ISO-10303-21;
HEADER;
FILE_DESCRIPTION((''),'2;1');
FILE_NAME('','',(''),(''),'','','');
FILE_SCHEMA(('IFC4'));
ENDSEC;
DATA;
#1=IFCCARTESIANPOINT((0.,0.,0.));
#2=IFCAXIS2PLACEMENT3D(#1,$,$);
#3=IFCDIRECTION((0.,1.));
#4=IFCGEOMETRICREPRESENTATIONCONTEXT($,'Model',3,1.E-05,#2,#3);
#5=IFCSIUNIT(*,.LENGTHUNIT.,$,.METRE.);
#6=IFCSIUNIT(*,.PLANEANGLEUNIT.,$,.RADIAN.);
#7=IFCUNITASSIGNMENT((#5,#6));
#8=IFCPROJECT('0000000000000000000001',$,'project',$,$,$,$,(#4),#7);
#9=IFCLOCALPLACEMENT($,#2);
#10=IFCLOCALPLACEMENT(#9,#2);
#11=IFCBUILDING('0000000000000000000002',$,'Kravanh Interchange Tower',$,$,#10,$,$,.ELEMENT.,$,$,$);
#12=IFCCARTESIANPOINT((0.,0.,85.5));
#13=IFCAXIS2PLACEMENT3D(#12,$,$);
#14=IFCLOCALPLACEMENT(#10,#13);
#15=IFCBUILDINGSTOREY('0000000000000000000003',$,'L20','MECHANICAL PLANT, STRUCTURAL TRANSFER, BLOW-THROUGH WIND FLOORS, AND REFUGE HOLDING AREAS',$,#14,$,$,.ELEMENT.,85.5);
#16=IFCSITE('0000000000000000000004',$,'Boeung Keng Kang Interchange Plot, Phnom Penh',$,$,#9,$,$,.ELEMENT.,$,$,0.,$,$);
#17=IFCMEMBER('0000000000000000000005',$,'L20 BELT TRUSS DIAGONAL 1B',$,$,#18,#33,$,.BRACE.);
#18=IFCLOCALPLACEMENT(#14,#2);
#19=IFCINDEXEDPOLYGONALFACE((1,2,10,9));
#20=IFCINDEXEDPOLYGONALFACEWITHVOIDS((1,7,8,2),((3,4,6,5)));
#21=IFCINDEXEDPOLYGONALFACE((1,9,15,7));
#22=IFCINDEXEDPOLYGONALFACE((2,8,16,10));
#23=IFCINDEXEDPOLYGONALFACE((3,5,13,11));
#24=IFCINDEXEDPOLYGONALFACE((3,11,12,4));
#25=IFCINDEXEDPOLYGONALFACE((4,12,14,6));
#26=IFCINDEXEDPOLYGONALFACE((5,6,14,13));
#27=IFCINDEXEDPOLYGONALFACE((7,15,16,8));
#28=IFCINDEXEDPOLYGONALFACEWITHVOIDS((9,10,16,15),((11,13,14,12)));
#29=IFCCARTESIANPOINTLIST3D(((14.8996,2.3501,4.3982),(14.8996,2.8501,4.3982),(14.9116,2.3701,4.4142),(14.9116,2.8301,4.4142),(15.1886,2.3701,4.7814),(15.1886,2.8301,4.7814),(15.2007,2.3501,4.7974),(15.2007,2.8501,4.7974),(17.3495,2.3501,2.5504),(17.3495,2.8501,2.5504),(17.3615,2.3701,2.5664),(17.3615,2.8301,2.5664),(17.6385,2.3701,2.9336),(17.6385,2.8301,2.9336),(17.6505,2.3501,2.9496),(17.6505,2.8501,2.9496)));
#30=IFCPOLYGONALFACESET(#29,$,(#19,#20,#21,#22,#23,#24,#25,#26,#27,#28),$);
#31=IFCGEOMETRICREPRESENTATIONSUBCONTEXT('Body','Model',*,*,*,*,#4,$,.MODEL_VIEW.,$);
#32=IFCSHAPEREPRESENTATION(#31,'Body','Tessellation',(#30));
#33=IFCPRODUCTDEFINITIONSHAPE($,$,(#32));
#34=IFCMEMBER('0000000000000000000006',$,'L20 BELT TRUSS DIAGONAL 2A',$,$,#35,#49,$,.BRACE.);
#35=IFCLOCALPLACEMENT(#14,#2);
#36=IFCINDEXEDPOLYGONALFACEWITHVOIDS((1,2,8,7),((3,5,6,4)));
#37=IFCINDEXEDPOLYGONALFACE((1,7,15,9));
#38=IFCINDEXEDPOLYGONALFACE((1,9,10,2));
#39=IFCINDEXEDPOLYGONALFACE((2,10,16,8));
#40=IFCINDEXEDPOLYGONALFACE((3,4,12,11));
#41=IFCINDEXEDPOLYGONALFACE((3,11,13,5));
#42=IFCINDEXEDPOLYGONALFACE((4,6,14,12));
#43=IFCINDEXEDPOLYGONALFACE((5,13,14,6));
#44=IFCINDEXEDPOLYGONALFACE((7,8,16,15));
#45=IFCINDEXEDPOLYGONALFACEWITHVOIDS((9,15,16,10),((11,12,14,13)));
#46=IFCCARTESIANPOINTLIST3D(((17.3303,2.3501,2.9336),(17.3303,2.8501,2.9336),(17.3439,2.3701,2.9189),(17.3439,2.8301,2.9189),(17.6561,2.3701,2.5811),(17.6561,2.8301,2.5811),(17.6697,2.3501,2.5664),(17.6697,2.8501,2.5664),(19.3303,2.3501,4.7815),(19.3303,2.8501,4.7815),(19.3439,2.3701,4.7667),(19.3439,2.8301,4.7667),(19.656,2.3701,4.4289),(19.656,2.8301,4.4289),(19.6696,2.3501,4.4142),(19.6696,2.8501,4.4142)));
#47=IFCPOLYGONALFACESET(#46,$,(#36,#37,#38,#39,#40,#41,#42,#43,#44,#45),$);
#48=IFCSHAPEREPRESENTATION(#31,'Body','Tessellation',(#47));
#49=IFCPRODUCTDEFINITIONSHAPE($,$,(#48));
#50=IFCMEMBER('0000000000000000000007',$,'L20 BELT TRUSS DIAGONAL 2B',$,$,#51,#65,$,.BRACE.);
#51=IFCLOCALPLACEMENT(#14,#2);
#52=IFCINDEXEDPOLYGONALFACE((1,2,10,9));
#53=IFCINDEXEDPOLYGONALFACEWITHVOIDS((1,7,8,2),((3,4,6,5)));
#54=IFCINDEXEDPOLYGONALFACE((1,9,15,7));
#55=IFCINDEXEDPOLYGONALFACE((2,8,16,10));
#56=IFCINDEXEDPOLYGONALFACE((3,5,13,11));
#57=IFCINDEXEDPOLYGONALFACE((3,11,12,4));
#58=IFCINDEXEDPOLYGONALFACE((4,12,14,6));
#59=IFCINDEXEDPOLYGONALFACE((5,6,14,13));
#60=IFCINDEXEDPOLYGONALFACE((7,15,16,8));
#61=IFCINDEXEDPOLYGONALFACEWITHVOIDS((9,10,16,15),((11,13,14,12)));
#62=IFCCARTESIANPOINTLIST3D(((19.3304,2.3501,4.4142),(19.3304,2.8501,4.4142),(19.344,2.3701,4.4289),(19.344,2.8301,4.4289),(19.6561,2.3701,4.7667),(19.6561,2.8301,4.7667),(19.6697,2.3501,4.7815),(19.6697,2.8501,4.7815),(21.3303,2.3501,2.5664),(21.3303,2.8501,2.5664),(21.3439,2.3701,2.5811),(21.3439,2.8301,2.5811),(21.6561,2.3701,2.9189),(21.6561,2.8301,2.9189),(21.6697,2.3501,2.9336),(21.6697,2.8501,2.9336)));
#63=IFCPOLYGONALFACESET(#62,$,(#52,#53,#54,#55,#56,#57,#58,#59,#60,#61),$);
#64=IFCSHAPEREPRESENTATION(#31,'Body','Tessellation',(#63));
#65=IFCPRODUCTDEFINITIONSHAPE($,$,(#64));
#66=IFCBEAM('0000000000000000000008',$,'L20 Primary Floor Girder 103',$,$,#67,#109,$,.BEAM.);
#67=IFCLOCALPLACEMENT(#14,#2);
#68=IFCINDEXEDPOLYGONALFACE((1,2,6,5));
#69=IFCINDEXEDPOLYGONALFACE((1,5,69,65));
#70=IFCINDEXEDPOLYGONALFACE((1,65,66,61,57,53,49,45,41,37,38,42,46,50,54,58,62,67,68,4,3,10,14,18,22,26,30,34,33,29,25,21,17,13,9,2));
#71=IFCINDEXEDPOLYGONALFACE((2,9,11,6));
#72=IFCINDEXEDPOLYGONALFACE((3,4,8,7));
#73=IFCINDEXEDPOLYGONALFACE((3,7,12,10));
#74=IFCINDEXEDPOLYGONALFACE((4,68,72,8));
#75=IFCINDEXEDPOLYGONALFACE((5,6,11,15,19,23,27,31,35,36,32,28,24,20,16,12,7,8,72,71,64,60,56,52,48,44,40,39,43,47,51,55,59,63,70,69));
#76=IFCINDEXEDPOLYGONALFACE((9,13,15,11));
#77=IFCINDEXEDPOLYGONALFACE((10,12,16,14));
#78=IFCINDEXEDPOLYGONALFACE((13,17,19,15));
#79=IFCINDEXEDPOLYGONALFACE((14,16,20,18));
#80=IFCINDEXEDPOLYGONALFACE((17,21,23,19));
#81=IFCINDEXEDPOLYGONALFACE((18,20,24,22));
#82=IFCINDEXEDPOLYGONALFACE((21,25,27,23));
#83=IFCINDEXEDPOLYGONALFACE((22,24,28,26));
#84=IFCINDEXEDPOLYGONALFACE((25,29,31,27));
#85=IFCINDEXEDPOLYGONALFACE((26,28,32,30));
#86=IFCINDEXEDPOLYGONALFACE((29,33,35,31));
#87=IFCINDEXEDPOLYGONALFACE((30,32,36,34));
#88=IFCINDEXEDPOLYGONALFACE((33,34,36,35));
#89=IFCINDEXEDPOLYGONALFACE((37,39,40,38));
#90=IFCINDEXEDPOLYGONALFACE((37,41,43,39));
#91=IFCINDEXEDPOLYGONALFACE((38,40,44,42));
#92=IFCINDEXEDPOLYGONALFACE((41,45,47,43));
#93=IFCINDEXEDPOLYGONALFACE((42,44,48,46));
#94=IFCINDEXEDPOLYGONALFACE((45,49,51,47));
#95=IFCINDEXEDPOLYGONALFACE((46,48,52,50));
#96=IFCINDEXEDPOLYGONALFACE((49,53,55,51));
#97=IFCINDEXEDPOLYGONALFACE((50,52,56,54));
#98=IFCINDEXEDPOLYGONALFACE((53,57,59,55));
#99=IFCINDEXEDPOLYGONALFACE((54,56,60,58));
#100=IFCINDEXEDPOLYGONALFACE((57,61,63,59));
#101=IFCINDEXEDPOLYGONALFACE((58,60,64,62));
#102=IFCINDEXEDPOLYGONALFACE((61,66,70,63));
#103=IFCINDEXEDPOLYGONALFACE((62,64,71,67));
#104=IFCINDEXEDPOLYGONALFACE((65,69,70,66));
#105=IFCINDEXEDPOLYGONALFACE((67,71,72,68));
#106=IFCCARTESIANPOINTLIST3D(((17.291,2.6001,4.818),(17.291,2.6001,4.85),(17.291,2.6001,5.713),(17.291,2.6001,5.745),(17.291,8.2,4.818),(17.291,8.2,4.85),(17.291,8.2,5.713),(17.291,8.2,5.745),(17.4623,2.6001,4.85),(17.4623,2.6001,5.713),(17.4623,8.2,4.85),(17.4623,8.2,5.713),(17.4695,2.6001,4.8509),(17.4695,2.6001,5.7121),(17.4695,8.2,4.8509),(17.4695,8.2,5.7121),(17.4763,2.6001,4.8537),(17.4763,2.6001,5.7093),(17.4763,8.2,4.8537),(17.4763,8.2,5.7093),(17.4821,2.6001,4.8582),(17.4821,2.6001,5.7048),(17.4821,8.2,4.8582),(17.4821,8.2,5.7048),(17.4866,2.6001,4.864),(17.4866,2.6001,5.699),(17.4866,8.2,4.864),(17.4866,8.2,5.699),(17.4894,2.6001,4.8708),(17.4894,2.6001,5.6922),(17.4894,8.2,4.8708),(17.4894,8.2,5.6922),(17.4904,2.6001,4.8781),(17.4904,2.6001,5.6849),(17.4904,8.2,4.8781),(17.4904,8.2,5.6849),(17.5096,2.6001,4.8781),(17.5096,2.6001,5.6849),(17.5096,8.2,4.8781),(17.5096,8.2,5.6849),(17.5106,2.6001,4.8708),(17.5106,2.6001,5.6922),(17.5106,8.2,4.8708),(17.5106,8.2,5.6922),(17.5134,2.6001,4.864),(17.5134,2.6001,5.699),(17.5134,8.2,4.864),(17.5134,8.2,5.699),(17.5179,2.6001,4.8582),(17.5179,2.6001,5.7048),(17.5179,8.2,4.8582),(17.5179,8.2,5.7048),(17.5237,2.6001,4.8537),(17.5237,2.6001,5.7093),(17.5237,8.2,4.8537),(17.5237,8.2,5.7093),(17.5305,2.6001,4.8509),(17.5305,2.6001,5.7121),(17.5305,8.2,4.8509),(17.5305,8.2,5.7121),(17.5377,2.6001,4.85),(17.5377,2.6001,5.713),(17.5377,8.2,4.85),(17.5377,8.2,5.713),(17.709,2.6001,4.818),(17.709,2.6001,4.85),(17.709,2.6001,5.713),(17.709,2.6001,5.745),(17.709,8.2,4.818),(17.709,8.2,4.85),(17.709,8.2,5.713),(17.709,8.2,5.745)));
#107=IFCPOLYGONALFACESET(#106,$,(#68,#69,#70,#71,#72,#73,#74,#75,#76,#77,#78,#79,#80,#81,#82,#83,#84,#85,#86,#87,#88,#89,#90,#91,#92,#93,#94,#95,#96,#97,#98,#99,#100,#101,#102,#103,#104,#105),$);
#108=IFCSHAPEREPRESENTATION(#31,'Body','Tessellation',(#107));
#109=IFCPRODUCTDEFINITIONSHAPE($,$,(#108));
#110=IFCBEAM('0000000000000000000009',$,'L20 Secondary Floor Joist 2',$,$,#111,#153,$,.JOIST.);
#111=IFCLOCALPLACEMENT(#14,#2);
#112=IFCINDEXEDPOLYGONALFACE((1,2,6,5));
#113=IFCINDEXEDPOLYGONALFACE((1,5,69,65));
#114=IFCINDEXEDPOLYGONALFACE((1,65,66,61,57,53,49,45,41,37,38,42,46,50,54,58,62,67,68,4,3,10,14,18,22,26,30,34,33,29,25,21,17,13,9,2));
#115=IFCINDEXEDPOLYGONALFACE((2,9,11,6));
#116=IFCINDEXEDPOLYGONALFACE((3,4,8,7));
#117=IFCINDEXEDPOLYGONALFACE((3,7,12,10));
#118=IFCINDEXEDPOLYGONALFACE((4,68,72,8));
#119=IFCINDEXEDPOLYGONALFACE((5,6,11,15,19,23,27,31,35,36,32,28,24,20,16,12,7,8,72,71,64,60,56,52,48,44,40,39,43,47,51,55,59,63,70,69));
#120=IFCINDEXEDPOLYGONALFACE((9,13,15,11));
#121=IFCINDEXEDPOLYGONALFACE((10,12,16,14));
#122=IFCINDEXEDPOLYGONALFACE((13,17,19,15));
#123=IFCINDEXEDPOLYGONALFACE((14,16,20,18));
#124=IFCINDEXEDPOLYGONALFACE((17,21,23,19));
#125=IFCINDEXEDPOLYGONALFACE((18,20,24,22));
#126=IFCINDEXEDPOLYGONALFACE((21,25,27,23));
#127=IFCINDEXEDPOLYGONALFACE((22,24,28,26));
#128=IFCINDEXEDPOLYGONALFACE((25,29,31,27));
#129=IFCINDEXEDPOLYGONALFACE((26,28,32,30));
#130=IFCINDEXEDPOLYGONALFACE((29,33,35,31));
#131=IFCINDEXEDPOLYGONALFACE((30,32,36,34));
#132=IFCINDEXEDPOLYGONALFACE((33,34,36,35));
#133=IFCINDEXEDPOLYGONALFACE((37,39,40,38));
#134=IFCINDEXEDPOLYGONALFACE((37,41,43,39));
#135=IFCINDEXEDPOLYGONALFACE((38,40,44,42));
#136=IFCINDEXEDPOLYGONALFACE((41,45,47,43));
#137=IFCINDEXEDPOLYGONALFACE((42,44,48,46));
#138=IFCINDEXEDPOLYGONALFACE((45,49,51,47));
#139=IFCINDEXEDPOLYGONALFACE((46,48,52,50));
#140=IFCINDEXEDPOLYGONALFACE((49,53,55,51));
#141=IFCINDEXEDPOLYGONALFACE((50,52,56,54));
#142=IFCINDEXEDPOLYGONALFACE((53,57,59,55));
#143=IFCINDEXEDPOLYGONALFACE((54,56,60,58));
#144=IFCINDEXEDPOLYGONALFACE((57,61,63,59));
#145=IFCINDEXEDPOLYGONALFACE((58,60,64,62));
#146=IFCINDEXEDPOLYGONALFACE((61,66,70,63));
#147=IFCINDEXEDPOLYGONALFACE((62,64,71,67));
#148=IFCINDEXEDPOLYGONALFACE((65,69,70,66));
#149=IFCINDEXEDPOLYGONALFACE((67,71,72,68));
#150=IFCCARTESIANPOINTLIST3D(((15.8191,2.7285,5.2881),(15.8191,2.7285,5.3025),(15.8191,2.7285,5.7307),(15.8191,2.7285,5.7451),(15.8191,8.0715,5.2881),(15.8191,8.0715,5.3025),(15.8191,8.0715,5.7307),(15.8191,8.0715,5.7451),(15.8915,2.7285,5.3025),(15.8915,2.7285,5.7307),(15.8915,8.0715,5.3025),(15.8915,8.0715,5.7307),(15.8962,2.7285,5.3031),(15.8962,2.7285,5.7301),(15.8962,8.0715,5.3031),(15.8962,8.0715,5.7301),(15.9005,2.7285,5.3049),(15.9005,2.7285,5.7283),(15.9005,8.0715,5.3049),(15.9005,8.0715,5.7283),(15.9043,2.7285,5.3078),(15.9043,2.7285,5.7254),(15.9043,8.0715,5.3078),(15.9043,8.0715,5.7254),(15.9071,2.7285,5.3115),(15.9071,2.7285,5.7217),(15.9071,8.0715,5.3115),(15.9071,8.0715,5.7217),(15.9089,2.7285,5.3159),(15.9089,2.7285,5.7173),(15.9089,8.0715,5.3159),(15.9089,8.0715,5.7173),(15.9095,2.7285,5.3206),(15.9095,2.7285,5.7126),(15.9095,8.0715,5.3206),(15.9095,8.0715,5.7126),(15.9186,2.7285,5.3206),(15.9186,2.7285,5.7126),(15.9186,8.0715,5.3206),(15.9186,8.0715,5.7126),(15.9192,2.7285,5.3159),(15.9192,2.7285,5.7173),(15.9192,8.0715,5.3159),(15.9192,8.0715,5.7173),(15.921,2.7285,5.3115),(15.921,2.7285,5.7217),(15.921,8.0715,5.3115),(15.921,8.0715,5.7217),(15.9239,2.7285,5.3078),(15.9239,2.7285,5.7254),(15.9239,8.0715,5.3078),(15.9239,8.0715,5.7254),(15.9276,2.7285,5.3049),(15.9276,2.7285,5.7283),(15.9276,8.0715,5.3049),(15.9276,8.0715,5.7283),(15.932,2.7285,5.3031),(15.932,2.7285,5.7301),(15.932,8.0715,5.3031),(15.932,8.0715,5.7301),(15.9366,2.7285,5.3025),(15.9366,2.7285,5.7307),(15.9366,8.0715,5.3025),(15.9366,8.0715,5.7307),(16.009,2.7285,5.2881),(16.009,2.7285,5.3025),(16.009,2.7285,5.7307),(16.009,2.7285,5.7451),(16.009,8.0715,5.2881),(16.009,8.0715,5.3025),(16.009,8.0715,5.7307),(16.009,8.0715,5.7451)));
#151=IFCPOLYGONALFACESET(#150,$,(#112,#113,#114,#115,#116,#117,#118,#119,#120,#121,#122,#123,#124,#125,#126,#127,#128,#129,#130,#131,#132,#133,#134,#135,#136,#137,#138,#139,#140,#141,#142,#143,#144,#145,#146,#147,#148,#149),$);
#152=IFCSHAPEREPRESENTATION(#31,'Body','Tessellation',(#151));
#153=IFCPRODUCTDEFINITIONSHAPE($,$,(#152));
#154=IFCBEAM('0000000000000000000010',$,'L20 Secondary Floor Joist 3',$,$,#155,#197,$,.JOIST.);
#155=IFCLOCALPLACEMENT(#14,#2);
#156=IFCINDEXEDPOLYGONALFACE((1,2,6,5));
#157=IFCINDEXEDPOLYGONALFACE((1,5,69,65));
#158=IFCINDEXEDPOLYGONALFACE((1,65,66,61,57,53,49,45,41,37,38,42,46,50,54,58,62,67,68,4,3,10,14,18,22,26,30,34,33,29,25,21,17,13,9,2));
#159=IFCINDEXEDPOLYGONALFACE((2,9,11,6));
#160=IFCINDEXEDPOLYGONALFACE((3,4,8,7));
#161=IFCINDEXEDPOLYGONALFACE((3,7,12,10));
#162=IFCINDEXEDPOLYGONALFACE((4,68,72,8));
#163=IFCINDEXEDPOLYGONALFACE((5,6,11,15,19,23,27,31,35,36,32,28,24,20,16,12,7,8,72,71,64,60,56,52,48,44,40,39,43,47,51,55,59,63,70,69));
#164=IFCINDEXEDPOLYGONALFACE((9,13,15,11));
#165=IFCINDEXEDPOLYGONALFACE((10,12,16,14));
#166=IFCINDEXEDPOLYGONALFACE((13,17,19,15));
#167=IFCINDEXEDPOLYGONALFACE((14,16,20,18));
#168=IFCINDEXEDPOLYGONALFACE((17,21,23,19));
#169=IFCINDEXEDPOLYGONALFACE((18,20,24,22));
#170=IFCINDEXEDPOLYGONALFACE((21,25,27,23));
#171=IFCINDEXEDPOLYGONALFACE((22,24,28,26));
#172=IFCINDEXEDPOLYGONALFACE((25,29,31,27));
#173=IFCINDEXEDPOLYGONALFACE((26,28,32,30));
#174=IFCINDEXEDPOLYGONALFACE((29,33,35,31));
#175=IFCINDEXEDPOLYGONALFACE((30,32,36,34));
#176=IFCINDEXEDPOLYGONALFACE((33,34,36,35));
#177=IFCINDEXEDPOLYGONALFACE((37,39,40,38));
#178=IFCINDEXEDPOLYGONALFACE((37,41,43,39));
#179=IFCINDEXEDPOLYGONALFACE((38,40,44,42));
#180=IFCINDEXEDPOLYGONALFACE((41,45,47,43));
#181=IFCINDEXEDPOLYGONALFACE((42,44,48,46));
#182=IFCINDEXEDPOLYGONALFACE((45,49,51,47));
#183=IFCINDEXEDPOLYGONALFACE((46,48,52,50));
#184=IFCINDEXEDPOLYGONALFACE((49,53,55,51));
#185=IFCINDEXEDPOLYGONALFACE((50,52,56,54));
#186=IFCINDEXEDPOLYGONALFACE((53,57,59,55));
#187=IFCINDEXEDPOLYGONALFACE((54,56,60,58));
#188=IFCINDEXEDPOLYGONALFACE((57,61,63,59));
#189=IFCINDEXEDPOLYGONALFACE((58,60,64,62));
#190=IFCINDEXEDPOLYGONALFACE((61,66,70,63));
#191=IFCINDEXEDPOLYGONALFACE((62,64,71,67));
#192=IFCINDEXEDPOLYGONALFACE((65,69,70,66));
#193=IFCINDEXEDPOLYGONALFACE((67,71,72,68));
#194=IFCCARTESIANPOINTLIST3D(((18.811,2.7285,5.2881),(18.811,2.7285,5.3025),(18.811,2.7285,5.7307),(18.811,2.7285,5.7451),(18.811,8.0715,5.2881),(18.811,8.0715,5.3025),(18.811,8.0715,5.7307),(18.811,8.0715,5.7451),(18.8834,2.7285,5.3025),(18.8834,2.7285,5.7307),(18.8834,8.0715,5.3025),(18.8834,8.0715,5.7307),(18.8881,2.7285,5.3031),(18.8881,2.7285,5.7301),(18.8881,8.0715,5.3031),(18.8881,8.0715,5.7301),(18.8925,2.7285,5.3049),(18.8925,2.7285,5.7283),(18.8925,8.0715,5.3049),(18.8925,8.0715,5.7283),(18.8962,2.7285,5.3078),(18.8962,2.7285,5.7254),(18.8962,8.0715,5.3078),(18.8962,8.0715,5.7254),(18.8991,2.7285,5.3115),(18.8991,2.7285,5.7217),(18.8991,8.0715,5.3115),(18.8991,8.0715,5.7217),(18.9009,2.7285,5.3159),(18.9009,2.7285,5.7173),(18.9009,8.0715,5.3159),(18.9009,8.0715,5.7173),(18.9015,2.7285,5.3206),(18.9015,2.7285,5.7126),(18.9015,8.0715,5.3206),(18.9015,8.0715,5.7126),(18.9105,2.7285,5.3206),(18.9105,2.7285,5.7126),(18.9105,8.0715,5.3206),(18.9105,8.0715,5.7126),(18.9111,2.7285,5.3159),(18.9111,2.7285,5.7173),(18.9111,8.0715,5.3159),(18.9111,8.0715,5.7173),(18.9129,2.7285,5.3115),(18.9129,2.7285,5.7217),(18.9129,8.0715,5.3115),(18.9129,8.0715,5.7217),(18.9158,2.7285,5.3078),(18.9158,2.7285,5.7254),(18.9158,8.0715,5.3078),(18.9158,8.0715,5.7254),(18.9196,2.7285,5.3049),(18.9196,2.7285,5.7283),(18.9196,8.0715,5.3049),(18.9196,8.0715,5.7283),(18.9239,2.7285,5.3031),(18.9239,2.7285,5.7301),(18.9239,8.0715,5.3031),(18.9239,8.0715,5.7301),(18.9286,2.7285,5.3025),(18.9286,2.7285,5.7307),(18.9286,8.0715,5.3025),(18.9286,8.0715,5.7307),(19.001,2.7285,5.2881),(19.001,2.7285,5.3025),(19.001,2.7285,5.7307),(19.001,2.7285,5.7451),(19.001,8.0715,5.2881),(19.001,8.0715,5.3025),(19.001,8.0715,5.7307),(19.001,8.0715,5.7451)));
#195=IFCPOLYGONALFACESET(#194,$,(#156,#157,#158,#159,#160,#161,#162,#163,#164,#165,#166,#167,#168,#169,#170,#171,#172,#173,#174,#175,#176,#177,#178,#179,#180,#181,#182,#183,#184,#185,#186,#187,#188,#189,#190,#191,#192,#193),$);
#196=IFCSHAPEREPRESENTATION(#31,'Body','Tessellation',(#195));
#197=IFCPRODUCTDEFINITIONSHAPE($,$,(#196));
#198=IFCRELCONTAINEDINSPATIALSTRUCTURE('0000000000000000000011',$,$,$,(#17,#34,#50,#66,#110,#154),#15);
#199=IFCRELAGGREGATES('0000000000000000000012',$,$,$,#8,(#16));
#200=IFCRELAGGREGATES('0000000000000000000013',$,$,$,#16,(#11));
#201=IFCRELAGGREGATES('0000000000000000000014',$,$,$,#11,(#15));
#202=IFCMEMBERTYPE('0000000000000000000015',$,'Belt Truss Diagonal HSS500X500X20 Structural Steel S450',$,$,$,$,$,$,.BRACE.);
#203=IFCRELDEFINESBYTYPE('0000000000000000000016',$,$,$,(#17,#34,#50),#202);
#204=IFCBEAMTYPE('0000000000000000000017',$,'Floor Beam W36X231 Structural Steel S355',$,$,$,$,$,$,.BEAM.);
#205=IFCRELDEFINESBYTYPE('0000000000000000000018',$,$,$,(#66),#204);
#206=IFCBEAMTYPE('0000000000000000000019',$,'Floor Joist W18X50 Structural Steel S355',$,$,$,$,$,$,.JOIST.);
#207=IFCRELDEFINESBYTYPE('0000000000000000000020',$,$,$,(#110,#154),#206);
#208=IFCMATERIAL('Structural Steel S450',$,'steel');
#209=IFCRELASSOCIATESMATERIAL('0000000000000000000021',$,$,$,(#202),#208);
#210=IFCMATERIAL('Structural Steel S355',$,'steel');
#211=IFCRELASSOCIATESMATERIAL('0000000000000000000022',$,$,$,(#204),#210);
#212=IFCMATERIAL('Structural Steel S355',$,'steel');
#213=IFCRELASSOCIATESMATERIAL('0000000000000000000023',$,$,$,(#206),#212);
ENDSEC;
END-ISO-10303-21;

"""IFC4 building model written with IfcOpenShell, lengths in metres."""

from ifc_helpers import new_model, si_unit, direction, frame, origin, origin_2d, place, context, subcontext, project, spatial, hollow_rectangle, i_section, extrude, material, material_profile, profile_set, type_object, element, save


model = new_model("IFC4")

# Units and contexts
model_context = context("Model", 3, precision=1e-05, world=origin(), true_north=direction((0.0, 1.0)))
body_context = subcontext(model_context, "Body", "Model", "MODEL_VIEW")
ifc_project = project(units=[si_unit("LENGTHUNIT", "METRE"), si_unit("PLANEANGLEUNIT", "RADIAN")], contexts=[model_context])

# Site, building, storey
site_placement = place(None, origin())
site = spatial("IfcSite", under=ifc_project, at=site_placement, Name="Boeung Keng Kang Interchange Plot, Phnom Penh", CompositionType="ELEMENT", RefElevation=0.0)
building_placement = place(site_placement, origin())
building = spatial("IfcBuilding", under=site, at=building_placement, Name="Kravanh Interchange Tower", CompositionType="ELEMENT")
storey_placement = place(building_placement, frame((0.0, 0.0, 85.5)))
storey = spatial("IfcBuildingStorey", under=building, at=storey_placement, Name="L20", Description="MECHANICAL PLANT, STRUCTURAL TRANSFER, BLOW-THROUGH WIND FLOORS, AND REFUGE HOLDING AREAS", CompositionType="ELEMENT", Elevation=85.5)

# Members
ifc_material_1 = material(Name="Structural Steel S450", Category="steel")
ifc_material_profile_1 = material_profile(ifc_material_1, hollow_rectangle(XDim=0.5, YDim=0.5, WallThickness=0.02, at=origin_2d()), Name="HSS500X500X20")
ifc_profile_set_1 = profile_set([ifc_material_profile_1], Name="Structural Steel S450")
member_type_1 = type_object("IfcMemberType", Name="Belt Truss Diagonal HSS500X500X20 Structural Steel S450", PredefinedType="BRACE", material=ifc_profile_set_1)
member_placement = place(storey_placement, frame((17.5, 2.6001, 2.75), z_axis=(-0.798365, 0.0, 0.602174), x_axis=(0.0, -1.0, 0.0)))
element("IfcMember", 1, at=member_placement, inside=storey, type_object=member_type_1, Name="L20 BELT TRUSS DIAGONAL 1B", PredefinedType="BRACE", context=body_context, shape_type="SweptSolid", body=[
    extrude(hollow_rectangle(XDim=0.5, YDim=0.5, WallThickness=0.02, at=origin_2d()), origin(), (0.0, 0.0, 1.0), 3.0686),
])
for number, where, z_axis, x_axis, name in (
    (2, (17.5, 2.6001, 2.75), (0.734484, 0.0, 0.678626), (0.0, 1.0, 0.0), "L20 BELT TRUSS DIAGONAL 2A"),
    (3, (21.5, 2.6001, 2.75), (-0.734484, 0.0, 0.678626), (0.0, -1.0, 0.0), "L20 BELT TRUSS DIAGONAL 2B"),
):
    element("IfcMember", number, at=place(storey_placement, frame(where, z_axis=z_axis, x_axis=x_axis)), inside=storey, type_object=member_type_1, Name=name, PredefinedType="BRACE", context=body_context, shape_type="SweptSolid", body=[
        extrude(hollow_rectangle(XDim=0.5, YDim=0.5, WallThickness=0.02, at=origin_2d()), origin(), (0.0, 0.0, 1.0), 2.7229),
    ])

# Beams
ifc_material_2 = material(Name="Structural Steel S355", Category="steel")
ifc_material_profile_2 = material_profile(ifc_material_2, i_section(OverallWidth=0.418, OverallDepth=0.927, WebThickness=0.0193, FlangeThickness=0.032, FilletRadius=0.0281, at=origin_2d()), Name="W36X231")
ifc_profile_set_2 = profile_set([ifc_material_profile_2], Name="Structural Steel S355")
beam_type_1 = type_object("IfcBeamType", Name="Floor Beam W36X231 Structural Steel S355", PredefinedType="BEAM", material=ifc_profile_set_2)
beam_1_placement = place(storey_placement, frame((17.5, 2.6001, 5.2815), z_axis=(0.0, 1.0, 0.0), x_axis=(-1.0, 0.0, 0.0)))
element("IfcBeam", 4, at=beam_1_placement, inside=storey, type_object=beam_type_1, Name="L20 Primary Floor Girder 103", PredefinedType="BEAM", context=body_context, shape_type="SweptSolid", body=[
    extrude(i_section(OverallWidth=0.418, OverallDepth=0.927, WebThickness=0.0193, FlangeThickness=0.032, FilletRadius=0.0281, at=origin_2d()), origin(), (0.0, 0.0, 1.0), 5.5999),
])
ifc_material_3 = material(Name="Structural Steel S355", Category="steel")
ifc_material_profile_3 = material_profile(ifc_material_3, i_section(OverallWidth=0.1899, OverallDepth=0.457, WebThickness=0.009, FlangeThickness=0.0144, FilletRadius=0.0181, at=origin_2d()), Name="W18X50")
ifc_profile_set_3 = profile_set([ifc_material_profile_3], Name="Structural Steel S355")
beam_type_2 = type_object("IfcBeamType", Name="Floor Joist W18X50 Structural Steel S355", PredefinedType="JOIST", material=ifc_profile_set_3)
for number, where, z_axis, x_axis, name in (
    (5, (15.9141, 2.7285, 5.5166), (0.0, 1.0, 0.0), (-1.0, 0.0, 0.0), "L20 Secondary Floor Joist 2"),
    (6, (18.906, 2.7285, 5.5166), (0.0, 1.0, 0.0), (-1.0, 0.0, 0.0), "L20 Secondary Floor Joist 3"),
):
    element("IfcBeam", number, at=place(storey_placement, frame(where, z_axis=z_axis, x_axis=x_axis)), inside=storey, type_object=beam_type_2, Name=name, PredefinedType="JOIST", context=body_context, shape_type="SweptSolid", body=[
        extrude(i_section(OverallWidth=0.1899, OverallDepth=0.457, WebThickness=0.009, FlangeThickness=0.0144, FilletRadius=0.0181, at=origin_2d()), origin(), (0.0, 0.0, 1.0), 5.343),
    ])

save(model, "model.ifc")
